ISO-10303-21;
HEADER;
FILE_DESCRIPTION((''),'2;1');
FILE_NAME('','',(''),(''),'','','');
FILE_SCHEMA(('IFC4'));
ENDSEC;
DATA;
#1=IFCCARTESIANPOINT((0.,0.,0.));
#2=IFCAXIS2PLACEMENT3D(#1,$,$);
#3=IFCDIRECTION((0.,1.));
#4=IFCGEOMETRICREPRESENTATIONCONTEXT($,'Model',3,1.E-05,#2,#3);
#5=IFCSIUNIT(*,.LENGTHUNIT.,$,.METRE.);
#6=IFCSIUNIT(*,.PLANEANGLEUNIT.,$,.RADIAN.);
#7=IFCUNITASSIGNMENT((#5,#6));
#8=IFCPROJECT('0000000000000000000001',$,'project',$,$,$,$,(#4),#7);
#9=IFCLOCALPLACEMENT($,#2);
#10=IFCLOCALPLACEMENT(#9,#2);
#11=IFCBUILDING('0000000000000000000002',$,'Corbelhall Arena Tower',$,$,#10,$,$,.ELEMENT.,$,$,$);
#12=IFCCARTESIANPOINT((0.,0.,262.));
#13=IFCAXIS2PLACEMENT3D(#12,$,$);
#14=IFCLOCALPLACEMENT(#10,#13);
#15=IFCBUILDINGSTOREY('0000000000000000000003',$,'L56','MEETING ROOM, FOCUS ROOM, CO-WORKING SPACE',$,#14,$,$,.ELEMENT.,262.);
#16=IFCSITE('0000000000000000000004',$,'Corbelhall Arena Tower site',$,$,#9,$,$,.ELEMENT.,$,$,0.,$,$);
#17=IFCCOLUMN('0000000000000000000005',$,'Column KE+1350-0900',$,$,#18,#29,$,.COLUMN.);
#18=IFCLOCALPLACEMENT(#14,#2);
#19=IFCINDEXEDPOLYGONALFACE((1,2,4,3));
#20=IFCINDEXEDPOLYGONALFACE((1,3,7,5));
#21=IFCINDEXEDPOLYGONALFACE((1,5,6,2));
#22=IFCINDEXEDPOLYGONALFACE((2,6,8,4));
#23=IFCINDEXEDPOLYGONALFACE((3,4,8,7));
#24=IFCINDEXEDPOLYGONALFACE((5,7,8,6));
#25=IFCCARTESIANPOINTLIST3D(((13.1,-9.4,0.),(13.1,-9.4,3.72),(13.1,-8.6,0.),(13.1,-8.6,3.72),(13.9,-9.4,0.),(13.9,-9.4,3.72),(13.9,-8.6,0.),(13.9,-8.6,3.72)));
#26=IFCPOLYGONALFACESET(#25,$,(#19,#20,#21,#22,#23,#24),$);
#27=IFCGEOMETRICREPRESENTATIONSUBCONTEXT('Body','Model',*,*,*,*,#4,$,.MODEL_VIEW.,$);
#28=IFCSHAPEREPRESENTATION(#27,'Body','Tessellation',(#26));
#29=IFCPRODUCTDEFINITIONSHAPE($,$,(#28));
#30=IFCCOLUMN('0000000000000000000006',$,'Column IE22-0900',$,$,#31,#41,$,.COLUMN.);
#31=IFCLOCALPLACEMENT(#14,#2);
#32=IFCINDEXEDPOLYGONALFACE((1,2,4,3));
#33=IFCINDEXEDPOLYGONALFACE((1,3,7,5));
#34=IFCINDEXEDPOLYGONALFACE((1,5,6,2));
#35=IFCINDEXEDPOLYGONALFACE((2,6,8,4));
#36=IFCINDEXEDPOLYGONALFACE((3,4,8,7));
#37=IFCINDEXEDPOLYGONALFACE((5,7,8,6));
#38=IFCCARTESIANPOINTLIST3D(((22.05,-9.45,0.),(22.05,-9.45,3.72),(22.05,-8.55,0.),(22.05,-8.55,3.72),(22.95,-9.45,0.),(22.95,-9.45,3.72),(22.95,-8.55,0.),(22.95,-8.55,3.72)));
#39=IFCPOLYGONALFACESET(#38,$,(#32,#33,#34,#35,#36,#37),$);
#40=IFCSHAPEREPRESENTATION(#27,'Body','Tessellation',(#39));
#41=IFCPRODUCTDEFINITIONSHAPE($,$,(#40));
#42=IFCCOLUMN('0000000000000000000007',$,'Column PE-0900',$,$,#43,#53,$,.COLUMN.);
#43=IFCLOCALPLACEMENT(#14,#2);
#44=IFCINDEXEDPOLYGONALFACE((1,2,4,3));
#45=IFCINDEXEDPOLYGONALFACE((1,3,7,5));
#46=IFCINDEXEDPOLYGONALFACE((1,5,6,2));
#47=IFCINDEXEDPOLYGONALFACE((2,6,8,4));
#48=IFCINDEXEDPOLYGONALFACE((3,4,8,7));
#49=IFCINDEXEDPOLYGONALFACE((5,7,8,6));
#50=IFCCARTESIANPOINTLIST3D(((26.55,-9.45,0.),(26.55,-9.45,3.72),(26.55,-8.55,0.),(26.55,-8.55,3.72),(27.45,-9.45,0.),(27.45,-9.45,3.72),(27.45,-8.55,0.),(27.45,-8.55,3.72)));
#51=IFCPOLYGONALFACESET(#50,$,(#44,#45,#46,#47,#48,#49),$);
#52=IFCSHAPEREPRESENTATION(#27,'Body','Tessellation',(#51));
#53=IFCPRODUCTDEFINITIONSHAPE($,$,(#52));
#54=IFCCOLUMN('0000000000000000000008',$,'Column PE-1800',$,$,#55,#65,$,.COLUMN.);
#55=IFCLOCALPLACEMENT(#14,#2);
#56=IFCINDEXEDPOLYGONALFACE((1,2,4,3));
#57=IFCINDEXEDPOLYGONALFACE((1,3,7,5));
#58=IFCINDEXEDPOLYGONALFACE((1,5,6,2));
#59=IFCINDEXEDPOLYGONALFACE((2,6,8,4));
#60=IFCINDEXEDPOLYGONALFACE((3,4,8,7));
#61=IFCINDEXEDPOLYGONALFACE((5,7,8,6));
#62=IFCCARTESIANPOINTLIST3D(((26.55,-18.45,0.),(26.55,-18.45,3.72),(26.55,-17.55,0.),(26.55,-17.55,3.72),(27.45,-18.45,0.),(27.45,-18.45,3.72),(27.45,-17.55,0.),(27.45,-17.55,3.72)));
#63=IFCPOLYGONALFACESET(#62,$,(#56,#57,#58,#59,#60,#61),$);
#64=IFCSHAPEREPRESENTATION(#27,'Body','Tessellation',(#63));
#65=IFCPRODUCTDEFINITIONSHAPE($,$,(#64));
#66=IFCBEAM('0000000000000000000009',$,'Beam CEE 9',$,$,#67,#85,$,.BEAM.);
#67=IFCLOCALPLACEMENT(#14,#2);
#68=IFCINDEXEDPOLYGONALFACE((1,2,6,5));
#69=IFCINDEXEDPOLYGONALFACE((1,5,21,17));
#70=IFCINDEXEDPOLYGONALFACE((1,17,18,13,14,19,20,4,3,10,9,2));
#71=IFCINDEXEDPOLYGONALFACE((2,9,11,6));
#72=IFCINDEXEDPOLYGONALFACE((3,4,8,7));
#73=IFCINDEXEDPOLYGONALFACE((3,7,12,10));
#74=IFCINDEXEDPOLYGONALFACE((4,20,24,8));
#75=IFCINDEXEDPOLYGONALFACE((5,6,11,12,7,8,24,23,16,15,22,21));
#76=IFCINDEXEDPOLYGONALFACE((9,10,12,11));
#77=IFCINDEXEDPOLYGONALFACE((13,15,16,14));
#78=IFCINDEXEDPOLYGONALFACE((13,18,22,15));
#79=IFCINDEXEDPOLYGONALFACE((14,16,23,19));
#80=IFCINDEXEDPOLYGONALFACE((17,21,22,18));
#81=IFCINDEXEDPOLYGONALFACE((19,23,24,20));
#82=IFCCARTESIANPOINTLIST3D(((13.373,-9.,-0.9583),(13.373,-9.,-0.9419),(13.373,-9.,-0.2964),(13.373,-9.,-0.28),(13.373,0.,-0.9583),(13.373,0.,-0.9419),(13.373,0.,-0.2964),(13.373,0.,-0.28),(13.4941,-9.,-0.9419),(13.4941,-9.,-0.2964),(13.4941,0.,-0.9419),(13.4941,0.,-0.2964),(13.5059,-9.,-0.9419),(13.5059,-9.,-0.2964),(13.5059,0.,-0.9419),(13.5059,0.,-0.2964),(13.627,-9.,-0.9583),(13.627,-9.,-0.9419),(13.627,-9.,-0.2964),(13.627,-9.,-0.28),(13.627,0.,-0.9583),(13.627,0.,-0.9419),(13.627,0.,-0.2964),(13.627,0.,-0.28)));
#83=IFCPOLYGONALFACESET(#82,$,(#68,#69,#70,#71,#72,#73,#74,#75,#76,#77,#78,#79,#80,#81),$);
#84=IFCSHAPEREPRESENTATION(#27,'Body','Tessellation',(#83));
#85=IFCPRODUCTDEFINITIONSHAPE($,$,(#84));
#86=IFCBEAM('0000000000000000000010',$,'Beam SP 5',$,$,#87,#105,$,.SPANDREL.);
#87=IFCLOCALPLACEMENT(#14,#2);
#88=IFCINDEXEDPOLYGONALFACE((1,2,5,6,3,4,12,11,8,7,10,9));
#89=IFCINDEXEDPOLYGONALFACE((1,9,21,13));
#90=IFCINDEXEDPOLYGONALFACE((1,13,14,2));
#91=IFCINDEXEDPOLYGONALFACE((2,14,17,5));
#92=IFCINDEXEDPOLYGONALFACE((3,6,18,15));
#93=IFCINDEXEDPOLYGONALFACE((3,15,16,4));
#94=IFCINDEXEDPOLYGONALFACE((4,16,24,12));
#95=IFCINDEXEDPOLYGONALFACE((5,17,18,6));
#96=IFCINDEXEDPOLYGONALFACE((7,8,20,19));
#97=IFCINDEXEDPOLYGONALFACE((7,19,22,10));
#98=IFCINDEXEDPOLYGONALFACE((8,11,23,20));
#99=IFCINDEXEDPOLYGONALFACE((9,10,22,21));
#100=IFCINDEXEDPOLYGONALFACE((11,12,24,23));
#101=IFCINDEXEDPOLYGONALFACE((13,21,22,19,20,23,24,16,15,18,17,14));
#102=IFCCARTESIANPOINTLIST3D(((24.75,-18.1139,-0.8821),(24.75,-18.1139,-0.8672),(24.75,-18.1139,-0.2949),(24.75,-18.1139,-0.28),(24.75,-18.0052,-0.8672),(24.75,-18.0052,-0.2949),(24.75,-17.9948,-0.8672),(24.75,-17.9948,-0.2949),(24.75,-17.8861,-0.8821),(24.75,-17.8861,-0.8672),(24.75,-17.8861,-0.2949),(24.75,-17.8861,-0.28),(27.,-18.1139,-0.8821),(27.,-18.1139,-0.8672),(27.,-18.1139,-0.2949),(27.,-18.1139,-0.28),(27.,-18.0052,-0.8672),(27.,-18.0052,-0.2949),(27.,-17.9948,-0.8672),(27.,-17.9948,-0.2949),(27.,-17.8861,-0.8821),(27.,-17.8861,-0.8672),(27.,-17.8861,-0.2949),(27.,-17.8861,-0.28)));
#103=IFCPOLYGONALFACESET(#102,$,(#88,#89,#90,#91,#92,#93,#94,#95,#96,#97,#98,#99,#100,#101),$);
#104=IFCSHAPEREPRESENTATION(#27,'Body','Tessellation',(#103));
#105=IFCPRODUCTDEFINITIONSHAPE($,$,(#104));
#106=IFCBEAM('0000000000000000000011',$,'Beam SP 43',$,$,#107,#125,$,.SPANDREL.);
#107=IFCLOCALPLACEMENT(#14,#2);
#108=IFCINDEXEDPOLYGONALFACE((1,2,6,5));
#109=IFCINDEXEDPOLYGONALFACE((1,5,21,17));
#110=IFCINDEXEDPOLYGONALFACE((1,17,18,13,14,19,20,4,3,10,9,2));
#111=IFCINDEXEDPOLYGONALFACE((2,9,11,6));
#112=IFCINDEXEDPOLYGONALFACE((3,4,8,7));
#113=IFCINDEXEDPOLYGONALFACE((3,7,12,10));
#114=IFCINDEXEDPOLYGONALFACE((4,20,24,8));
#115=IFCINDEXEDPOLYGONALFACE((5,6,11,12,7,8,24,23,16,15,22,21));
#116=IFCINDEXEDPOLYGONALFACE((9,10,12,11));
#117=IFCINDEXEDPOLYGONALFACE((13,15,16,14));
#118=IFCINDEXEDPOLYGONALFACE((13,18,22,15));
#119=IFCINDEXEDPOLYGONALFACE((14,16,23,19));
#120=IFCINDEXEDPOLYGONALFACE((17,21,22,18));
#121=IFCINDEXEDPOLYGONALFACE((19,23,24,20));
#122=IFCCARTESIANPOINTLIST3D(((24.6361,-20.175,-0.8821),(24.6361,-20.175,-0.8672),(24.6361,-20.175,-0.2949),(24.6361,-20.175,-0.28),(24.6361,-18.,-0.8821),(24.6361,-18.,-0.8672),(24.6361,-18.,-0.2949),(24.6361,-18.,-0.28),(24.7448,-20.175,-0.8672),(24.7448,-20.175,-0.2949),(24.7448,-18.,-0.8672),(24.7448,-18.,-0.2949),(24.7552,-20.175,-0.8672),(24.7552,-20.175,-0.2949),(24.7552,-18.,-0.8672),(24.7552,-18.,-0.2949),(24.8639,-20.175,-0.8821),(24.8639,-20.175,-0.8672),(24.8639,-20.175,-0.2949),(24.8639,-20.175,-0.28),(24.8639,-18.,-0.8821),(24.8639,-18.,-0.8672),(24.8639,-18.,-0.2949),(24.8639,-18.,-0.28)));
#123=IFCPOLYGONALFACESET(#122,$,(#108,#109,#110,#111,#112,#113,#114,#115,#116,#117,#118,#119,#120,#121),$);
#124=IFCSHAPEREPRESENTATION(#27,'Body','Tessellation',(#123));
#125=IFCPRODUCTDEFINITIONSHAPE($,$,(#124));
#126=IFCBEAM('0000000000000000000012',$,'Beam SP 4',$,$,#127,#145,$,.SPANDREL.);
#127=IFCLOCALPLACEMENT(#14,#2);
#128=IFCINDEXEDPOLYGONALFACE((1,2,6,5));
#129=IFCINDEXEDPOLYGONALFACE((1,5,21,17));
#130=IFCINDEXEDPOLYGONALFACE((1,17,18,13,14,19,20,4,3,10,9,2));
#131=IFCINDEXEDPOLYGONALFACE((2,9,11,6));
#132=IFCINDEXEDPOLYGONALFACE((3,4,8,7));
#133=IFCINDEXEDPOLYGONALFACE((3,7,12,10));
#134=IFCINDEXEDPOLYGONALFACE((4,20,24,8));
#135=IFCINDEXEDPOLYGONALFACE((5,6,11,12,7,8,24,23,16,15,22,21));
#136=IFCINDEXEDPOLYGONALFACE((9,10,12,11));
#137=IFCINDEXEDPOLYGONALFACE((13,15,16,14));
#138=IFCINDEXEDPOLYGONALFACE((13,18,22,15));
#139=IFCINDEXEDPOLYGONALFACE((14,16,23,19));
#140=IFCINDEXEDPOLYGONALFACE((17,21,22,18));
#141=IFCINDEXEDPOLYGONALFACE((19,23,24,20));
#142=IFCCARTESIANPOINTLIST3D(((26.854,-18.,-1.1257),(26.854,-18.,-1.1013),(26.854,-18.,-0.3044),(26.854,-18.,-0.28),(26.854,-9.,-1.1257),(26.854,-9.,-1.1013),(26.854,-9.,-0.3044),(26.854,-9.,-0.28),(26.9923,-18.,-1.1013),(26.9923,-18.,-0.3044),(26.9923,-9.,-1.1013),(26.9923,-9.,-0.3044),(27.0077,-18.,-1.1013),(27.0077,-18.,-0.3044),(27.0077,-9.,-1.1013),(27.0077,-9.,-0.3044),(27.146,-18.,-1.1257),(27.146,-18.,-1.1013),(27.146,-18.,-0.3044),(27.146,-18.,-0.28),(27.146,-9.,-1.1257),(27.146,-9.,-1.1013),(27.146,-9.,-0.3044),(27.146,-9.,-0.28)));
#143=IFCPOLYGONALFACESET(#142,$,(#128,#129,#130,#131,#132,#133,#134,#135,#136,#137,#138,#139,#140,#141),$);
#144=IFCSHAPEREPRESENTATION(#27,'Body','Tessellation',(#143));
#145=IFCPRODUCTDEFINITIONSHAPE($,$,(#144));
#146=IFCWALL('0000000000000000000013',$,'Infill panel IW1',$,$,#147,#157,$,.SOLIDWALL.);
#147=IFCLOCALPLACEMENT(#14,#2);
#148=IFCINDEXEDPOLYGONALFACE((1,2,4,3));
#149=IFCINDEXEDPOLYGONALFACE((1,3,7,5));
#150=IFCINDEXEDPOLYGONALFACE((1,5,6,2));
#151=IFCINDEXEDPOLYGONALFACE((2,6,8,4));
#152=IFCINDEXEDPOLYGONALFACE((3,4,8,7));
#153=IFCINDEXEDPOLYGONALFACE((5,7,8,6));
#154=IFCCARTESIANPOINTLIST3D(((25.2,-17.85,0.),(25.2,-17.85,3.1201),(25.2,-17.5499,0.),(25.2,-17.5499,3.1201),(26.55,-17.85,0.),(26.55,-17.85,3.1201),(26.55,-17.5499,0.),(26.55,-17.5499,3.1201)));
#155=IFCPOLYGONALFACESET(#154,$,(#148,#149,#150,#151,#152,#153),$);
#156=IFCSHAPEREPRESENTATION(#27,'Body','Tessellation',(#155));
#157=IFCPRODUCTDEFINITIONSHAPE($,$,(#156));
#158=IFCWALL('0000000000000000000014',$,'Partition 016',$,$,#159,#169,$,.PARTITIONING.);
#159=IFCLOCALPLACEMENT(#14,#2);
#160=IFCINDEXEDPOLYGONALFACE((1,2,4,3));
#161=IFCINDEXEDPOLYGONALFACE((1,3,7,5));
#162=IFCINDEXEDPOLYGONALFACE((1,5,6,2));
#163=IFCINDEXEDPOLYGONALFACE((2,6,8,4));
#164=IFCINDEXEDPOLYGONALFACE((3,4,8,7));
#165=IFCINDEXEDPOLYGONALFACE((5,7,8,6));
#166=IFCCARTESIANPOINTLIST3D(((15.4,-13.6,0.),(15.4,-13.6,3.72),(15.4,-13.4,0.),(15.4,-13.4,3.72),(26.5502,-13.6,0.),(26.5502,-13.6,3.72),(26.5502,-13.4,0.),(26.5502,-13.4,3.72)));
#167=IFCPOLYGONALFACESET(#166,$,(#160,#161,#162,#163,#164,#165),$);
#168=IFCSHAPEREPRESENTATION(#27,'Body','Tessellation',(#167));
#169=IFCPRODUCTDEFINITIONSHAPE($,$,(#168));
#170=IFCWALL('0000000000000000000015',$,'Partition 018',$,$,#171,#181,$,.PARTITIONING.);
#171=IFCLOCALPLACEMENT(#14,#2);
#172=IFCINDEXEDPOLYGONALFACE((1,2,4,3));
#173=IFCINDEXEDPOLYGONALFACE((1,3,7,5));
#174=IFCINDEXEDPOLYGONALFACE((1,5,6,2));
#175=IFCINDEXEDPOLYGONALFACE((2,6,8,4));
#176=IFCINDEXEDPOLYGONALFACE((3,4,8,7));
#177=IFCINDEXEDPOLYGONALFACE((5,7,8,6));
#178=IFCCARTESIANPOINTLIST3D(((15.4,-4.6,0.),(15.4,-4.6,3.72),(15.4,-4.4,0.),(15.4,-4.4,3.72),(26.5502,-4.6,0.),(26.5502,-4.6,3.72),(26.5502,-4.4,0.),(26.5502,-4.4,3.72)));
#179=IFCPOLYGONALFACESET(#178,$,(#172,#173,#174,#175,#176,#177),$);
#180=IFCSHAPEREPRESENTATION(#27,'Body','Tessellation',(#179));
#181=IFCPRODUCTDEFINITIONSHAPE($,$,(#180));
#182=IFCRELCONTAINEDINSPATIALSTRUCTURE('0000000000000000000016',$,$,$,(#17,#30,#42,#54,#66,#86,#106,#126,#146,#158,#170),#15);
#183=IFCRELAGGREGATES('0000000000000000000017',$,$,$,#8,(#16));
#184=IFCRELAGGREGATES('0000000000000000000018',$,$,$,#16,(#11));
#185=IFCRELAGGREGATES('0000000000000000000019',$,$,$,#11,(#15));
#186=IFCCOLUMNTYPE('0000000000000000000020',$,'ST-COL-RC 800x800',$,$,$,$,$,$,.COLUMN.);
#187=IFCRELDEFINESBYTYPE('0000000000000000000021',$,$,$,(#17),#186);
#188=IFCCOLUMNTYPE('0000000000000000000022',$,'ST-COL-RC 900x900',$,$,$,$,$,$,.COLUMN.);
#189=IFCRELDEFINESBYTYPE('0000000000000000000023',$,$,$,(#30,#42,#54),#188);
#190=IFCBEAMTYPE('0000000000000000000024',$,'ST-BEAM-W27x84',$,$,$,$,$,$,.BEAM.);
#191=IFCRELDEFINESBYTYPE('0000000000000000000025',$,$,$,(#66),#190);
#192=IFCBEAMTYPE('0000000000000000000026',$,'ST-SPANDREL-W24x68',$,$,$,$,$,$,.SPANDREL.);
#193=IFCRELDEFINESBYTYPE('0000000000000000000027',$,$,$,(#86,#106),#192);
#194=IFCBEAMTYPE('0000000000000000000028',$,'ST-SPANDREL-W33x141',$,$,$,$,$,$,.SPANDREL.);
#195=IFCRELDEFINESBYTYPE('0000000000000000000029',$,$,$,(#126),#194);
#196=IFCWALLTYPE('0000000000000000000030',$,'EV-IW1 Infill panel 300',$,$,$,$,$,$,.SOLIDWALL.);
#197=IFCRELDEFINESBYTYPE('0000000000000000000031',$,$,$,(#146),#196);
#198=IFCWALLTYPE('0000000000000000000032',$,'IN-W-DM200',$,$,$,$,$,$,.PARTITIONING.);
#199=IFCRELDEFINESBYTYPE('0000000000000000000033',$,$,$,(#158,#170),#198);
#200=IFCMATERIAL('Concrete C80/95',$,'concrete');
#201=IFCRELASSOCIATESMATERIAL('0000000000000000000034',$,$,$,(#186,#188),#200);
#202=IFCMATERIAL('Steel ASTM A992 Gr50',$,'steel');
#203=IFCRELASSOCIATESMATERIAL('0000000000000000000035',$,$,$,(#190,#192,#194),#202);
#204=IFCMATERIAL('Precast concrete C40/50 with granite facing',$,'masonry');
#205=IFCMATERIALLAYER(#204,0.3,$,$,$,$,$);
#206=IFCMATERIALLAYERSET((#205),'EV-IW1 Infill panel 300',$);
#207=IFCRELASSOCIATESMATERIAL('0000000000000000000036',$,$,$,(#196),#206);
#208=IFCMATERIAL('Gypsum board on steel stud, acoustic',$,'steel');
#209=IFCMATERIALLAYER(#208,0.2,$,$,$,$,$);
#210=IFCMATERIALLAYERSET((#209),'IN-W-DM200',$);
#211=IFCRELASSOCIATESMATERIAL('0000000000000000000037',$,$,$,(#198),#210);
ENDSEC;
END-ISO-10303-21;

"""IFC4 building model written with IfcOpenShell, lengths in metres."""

from ifc_helpers import new_model, si_unit, direction, frame, frame_2d, origin, origin_2d, place, context, subcontext, project, spatial, rectangle, i_section, extrude, material, layer, layer_set, material_profile, profile_set, type_object, element, save


model = new_model("IFC4")

# Units and contexts
model_context = context("Model", 3, precision=1e-05, world=origin(), true_north=direction((0.0, 1.0)))
body_context = subcontext(model_context, "Body", "Model", "MODEL_VIEW")
ifc_project = project(units=[si_unit("LENGTHUNIT", "METRE"), si_unit("PLANEANGLEUNIT", "RADIAN")], contexts=[model_context])

# Site, building, storey
site_placement = place(None, origin())
site = spatial("IfcSite", under=ifc_project, at=site_placement, Name="Corbelhall Arena Tower site", CompositionType="ELEMENT", RefElevation=0.0)
building_placement = place(site_placement, origin())
building = spatial("IfcBuilding", under=site, at=building_placement, Name="Corbelhall Arena Tower", CompositionType="ELEMENT")
storey_placement = place(building_placement, frame((0.0, 0.0, 262.0)))
storey = spatial("IfcBuildingStorey", under=building, at=storey_placement, Name="L56", Description="MEETING ROOM, FOCUS ROOM, CO-WORKING SPACE", CompositionType="ELEMENT", Elevation=262.0)

# Columns
ifc_material_1 = material(Name="Concrete C80/95", Category="concrete")
ifc_material_profile_1 = material_profile(ifc_material_1, rectangle(XDim=0.8, YDim=0.8, at=origin_2d()))
ifc_profile_set_1 = profile_set([ifc_material_profile_1], Name="Concrete C80/95")
column_type_1 = type_object("IfcColumnType", Name="ST-COL-RC 800x800", PredefinedType="COLUMN", material=ifc_profile_set_1)
column_placement = place(storey_placement, frame((13.5, -9.0, 0.0), z_axis=(0.0, 0.0, 1.0), x_axis=(1.0, 0.0, 0.0)))
element("IfcColumn", 1, at=column_placement, inside=storey, type_object=column_type_1, Name="Column KE+1350-0900", PredefinedType="COLUMN", context=body_context, shape_type="SweptSolid", body=[
    extrude(rectangle(XDim=0.8, YDim=0.8, at=origin_2d()), origin(), (0.0, 0.0, 1.0), 3.72),
])
ifc_material_profile_2 = material_profile(ifc_material_1, rectangle(XDim=0.8999, YDim=0.8999, at=origin_2d()))
ifc_profile_set_2 = profile_set([ifc_material_profile_2], Name="Concrete C80/95")
column_type_2 = type_object("IfcColumnType", Name="ST-COL-RC 900x900", PredefinedType="COLUMN", material=ifc_profile_set_2)
for number, where, z_axis, x_axis, name in (
    (2, (22.5, -9.0, 0.0), (0.0, 0.0, 1.0), (1.0, 0.0, 0.0), "Column IE22-0900"),
    (3, (27.0, -9.0, 0.0), (0.0, 0.0, 1.0), (0.0, 1.0, 0.0), "Column PE-0900"),
    (4, (27.0, -18.0, 0.0), (0.0, 0.0, 1.0), (0.0, 1.0, 0.0), "Column PE-1800"),
):
    element("IfcColumn", number, at=place(storey_placement, frame(where, z_axis=z_axis, x_axis=x_axis)), inside=storey, type_object=column_type_2, Name=name, PredefinedType="COLUMN", context=body_context, shape_type="SweptSolid", body=[
        extrude(rectangle(XDim=0.8999, YDim=0.8999, at=origin_2d()), origin(), (0.0, 0.0, 1.0), 3.72),
    ])

# Beams
ifc_material_2 = material(Name="Steel ASTM A992 Gr50", Category="steel")
ifc_material_profile_3 = material_profile(ifc_material_2, i_section(OverallWidth=0.2539, OverallDepth=0.6782, WebThickness=0.0117, FlangeThickness=0.0164, at=origin_2d()))
ifc_profile_set_3 = profile_set([ifc_material_profile_3], Name="Steel ASTM A992 Gr50")
beam_type_1 = type_object("IfcBeamType", Name="ST-BEAM-W27x84", PredefinedType="BEAM", material=ifc_profile_set_3)
beam_1_placement = place(storey_placement, frame((13.5, -9.0, -0.6191), z_axis=(0.0, 1.0, 0.0), x_axis=(-1.0, 0.0, 0.0)))
element("IfcBeam", 5, at=beam_1_placement, inside=storey, type_object=beam_type_1, Name="Beam CEE 9", PredefinedType="BEAM", context=body_context, shape_type="SweptSolid", body=[
    extrude(i_section(OverallWidth=0.2539, OverallDepth=0.6782, WebThickness=0.0117, FlangeThickness=0.0164, at=origin_2d()), origin(), (0.0, 0.0, 1.0), 9.0),
])
ifc_material_profile_4 = material_profile(ifc_material_2, i_section(OverallWidth=0.2278, OverallDepth=0.6021, WebThickness=0.0105, FlangeThickness=0.0149, at=origin_2d()))
ifc_profile_set_4 = profile_set([ifc_material_profile_4], Name="Steel ASTM A992 Gr50")
beam_type_2 = type_object("IfcBeamType", Name="ST-SPANDREL-W24x68", PredefinedType="SPANDREL", material=ifc_profile_set_4)
beam_2_placement = place(storey_placement, frame((27.0, -18.0, -0.5811), z_axis=(-1.0, 0.0, 0.0), x_axis=(0.0, -1.0, 0.0)))
element("IfcBeam", 6, at=beam_2_placement, inside=storey, type_object=beam_type_2, Name="Beam SP 5", PredefinedType="SPANDREL", context=body_context, shape_type="SweptSolid", body=[
    extrude(i_section(OverallWidth=0.2278, OverallDepth=0.6021, WebThickness=0.0105, FlangeThickness=0.0149, at=origin_2d()), origin(), (0.0, 0.0, 1.0), 2.25),
])
beam_3_placement = place(storey_placement, frame((24.75, -18.0, -0.5811), z_axis=(0.0, -1.0, 0.0), x_axis=(1.0, 0.0, 0.0)))
element("IfcBeam", 7, at=beam_3_placement, inside=storey, type_object=beam_type_2, Name="Beam SP 43", PredefinedType="SPANDREL", context=body_context, shape_type="SweptSolid", body=[
    extrude(i_section(OverallWidth=0.2278, OverallDepth=0.6021, WebThickness=0.0105, FlangeThickness=0.0149, at=origin_2d()), origin(), (0.0, 0.0, 1.0), 2.175),
])
ifc_material_profile_5 = material_profile(ifc_material_2, i_section(OverallWidth=0.292, OverallDepth=0.8457, WebThickness=0.0154, FlangeThickness=0.0244, at=origin_2d()))
ifc_profile_set_5 = profile_set([ifc_material_profile_5], Name="Steel ASTM A992 Gr50")
beam_type_3 = type_object("IfcBeamType", Name="ST-SPANDREL-W33x141", PredefinedType="SPANDREL", material=ifc_profile_set_5)
beam_4_placement = place(storey_placement, frame((27.0, -9.0, -0.7029), z_axis=(0.0, -1.0, 0.0), x_axis=(1.0, 0.0, 0.0)))
element("IfcBeam", 8, at=beam_4_placement, inside=storey, type_object=beam_type_3, Name="Beam SP 4", PredefinedType="SPANDREL", context=body_context, shape_type="SweptSolid", body=[
    extrude(i_section(OverallWidth=0.292, OverallDepth=0.8457, WebThickness=0.0154, FlangeThickness=0.0244, at=origin_2d()), origin(), (0.0, 0.0, 1.0), 9.0),
])

# Wall
ifc_material_3 = material(Name="Precast concrete C40/50 with granite facing", Category="masonry")
ifc_layer_1 = layer(ifc_material_3, 0.3)
ifc_layer_set_1 = layer_set([ifc_layer_1], Name="EV-IW1 Infill panel 300")
wall_type_1 = type_object("IfcWallType", Name="EV-IW1 Infill panel 300", PredefinedType="SOLIDWALL", material=ifc_layer_set_1)
wall_1_placement = place(storey_placement, frame((25.2, -17.7, 0.0), z_axis=(0.0, 0.0, 1.0), x_axis=(1.0, 0.0, 0.0)))
element("IfcWall", 9, at=wall_1_placement, inside=storey, type_object=wall_type_1, Name="Infill panel IW1", PredefinedType="SOLIDWALL", context=body_context, shape_type="SweptSolid", body=[
    extrude(rectangle(XDim=1.3501, YDim=0.3, at=frame_2d((0.675, 0.0))), origin(), (0.0, 0.0, 1.0), 3.1201),
])

# Walls
ifc_material_4 = material(Name="Gypsum board on steel stud, acoustic", Category="steel")
ifc_layer_2 = layer(ifc_material_4, 0.2)
ifc_layer_set_2 = layer_set([ifc_layer_2], Name="IN-W-DM200")
wall_type_2 = type_object("IfcWallType", Name="IN-W-DM200", PredefinedType="PARTITIONING", material=ifc_layer_set_2)
for number, where, z_axis, x_axis, name in (
    (10, (15.3999, -13.5, 0.0), (0.0, 0.0, 1.0), (1.0, 0.0, 0.0), "Partition 016"),
    (11, (15.3999, -4.5, 0.0), (0.0, 0.0, 1.0), (1.0, 0.0, 0.0), "Partition 018"),
):
    element("IfcWall", number, at=place(storey_placement, frame(where, z_axis=z_axis, x_axis=x_axis)), inside=storey, type_object=wall_type_2, Name=name, PredefinedType="PARTITIONING", context=body_context, shape_type="SweptSolid", body=[
        extrude(rectangle(XDim=11.1501, YDim=0.2, at=frame_2d((5.5752, 0.0))), origin(), (0.0, 0.0, 1.0), 3.72),
    ])

save(model, "model.ifc")
